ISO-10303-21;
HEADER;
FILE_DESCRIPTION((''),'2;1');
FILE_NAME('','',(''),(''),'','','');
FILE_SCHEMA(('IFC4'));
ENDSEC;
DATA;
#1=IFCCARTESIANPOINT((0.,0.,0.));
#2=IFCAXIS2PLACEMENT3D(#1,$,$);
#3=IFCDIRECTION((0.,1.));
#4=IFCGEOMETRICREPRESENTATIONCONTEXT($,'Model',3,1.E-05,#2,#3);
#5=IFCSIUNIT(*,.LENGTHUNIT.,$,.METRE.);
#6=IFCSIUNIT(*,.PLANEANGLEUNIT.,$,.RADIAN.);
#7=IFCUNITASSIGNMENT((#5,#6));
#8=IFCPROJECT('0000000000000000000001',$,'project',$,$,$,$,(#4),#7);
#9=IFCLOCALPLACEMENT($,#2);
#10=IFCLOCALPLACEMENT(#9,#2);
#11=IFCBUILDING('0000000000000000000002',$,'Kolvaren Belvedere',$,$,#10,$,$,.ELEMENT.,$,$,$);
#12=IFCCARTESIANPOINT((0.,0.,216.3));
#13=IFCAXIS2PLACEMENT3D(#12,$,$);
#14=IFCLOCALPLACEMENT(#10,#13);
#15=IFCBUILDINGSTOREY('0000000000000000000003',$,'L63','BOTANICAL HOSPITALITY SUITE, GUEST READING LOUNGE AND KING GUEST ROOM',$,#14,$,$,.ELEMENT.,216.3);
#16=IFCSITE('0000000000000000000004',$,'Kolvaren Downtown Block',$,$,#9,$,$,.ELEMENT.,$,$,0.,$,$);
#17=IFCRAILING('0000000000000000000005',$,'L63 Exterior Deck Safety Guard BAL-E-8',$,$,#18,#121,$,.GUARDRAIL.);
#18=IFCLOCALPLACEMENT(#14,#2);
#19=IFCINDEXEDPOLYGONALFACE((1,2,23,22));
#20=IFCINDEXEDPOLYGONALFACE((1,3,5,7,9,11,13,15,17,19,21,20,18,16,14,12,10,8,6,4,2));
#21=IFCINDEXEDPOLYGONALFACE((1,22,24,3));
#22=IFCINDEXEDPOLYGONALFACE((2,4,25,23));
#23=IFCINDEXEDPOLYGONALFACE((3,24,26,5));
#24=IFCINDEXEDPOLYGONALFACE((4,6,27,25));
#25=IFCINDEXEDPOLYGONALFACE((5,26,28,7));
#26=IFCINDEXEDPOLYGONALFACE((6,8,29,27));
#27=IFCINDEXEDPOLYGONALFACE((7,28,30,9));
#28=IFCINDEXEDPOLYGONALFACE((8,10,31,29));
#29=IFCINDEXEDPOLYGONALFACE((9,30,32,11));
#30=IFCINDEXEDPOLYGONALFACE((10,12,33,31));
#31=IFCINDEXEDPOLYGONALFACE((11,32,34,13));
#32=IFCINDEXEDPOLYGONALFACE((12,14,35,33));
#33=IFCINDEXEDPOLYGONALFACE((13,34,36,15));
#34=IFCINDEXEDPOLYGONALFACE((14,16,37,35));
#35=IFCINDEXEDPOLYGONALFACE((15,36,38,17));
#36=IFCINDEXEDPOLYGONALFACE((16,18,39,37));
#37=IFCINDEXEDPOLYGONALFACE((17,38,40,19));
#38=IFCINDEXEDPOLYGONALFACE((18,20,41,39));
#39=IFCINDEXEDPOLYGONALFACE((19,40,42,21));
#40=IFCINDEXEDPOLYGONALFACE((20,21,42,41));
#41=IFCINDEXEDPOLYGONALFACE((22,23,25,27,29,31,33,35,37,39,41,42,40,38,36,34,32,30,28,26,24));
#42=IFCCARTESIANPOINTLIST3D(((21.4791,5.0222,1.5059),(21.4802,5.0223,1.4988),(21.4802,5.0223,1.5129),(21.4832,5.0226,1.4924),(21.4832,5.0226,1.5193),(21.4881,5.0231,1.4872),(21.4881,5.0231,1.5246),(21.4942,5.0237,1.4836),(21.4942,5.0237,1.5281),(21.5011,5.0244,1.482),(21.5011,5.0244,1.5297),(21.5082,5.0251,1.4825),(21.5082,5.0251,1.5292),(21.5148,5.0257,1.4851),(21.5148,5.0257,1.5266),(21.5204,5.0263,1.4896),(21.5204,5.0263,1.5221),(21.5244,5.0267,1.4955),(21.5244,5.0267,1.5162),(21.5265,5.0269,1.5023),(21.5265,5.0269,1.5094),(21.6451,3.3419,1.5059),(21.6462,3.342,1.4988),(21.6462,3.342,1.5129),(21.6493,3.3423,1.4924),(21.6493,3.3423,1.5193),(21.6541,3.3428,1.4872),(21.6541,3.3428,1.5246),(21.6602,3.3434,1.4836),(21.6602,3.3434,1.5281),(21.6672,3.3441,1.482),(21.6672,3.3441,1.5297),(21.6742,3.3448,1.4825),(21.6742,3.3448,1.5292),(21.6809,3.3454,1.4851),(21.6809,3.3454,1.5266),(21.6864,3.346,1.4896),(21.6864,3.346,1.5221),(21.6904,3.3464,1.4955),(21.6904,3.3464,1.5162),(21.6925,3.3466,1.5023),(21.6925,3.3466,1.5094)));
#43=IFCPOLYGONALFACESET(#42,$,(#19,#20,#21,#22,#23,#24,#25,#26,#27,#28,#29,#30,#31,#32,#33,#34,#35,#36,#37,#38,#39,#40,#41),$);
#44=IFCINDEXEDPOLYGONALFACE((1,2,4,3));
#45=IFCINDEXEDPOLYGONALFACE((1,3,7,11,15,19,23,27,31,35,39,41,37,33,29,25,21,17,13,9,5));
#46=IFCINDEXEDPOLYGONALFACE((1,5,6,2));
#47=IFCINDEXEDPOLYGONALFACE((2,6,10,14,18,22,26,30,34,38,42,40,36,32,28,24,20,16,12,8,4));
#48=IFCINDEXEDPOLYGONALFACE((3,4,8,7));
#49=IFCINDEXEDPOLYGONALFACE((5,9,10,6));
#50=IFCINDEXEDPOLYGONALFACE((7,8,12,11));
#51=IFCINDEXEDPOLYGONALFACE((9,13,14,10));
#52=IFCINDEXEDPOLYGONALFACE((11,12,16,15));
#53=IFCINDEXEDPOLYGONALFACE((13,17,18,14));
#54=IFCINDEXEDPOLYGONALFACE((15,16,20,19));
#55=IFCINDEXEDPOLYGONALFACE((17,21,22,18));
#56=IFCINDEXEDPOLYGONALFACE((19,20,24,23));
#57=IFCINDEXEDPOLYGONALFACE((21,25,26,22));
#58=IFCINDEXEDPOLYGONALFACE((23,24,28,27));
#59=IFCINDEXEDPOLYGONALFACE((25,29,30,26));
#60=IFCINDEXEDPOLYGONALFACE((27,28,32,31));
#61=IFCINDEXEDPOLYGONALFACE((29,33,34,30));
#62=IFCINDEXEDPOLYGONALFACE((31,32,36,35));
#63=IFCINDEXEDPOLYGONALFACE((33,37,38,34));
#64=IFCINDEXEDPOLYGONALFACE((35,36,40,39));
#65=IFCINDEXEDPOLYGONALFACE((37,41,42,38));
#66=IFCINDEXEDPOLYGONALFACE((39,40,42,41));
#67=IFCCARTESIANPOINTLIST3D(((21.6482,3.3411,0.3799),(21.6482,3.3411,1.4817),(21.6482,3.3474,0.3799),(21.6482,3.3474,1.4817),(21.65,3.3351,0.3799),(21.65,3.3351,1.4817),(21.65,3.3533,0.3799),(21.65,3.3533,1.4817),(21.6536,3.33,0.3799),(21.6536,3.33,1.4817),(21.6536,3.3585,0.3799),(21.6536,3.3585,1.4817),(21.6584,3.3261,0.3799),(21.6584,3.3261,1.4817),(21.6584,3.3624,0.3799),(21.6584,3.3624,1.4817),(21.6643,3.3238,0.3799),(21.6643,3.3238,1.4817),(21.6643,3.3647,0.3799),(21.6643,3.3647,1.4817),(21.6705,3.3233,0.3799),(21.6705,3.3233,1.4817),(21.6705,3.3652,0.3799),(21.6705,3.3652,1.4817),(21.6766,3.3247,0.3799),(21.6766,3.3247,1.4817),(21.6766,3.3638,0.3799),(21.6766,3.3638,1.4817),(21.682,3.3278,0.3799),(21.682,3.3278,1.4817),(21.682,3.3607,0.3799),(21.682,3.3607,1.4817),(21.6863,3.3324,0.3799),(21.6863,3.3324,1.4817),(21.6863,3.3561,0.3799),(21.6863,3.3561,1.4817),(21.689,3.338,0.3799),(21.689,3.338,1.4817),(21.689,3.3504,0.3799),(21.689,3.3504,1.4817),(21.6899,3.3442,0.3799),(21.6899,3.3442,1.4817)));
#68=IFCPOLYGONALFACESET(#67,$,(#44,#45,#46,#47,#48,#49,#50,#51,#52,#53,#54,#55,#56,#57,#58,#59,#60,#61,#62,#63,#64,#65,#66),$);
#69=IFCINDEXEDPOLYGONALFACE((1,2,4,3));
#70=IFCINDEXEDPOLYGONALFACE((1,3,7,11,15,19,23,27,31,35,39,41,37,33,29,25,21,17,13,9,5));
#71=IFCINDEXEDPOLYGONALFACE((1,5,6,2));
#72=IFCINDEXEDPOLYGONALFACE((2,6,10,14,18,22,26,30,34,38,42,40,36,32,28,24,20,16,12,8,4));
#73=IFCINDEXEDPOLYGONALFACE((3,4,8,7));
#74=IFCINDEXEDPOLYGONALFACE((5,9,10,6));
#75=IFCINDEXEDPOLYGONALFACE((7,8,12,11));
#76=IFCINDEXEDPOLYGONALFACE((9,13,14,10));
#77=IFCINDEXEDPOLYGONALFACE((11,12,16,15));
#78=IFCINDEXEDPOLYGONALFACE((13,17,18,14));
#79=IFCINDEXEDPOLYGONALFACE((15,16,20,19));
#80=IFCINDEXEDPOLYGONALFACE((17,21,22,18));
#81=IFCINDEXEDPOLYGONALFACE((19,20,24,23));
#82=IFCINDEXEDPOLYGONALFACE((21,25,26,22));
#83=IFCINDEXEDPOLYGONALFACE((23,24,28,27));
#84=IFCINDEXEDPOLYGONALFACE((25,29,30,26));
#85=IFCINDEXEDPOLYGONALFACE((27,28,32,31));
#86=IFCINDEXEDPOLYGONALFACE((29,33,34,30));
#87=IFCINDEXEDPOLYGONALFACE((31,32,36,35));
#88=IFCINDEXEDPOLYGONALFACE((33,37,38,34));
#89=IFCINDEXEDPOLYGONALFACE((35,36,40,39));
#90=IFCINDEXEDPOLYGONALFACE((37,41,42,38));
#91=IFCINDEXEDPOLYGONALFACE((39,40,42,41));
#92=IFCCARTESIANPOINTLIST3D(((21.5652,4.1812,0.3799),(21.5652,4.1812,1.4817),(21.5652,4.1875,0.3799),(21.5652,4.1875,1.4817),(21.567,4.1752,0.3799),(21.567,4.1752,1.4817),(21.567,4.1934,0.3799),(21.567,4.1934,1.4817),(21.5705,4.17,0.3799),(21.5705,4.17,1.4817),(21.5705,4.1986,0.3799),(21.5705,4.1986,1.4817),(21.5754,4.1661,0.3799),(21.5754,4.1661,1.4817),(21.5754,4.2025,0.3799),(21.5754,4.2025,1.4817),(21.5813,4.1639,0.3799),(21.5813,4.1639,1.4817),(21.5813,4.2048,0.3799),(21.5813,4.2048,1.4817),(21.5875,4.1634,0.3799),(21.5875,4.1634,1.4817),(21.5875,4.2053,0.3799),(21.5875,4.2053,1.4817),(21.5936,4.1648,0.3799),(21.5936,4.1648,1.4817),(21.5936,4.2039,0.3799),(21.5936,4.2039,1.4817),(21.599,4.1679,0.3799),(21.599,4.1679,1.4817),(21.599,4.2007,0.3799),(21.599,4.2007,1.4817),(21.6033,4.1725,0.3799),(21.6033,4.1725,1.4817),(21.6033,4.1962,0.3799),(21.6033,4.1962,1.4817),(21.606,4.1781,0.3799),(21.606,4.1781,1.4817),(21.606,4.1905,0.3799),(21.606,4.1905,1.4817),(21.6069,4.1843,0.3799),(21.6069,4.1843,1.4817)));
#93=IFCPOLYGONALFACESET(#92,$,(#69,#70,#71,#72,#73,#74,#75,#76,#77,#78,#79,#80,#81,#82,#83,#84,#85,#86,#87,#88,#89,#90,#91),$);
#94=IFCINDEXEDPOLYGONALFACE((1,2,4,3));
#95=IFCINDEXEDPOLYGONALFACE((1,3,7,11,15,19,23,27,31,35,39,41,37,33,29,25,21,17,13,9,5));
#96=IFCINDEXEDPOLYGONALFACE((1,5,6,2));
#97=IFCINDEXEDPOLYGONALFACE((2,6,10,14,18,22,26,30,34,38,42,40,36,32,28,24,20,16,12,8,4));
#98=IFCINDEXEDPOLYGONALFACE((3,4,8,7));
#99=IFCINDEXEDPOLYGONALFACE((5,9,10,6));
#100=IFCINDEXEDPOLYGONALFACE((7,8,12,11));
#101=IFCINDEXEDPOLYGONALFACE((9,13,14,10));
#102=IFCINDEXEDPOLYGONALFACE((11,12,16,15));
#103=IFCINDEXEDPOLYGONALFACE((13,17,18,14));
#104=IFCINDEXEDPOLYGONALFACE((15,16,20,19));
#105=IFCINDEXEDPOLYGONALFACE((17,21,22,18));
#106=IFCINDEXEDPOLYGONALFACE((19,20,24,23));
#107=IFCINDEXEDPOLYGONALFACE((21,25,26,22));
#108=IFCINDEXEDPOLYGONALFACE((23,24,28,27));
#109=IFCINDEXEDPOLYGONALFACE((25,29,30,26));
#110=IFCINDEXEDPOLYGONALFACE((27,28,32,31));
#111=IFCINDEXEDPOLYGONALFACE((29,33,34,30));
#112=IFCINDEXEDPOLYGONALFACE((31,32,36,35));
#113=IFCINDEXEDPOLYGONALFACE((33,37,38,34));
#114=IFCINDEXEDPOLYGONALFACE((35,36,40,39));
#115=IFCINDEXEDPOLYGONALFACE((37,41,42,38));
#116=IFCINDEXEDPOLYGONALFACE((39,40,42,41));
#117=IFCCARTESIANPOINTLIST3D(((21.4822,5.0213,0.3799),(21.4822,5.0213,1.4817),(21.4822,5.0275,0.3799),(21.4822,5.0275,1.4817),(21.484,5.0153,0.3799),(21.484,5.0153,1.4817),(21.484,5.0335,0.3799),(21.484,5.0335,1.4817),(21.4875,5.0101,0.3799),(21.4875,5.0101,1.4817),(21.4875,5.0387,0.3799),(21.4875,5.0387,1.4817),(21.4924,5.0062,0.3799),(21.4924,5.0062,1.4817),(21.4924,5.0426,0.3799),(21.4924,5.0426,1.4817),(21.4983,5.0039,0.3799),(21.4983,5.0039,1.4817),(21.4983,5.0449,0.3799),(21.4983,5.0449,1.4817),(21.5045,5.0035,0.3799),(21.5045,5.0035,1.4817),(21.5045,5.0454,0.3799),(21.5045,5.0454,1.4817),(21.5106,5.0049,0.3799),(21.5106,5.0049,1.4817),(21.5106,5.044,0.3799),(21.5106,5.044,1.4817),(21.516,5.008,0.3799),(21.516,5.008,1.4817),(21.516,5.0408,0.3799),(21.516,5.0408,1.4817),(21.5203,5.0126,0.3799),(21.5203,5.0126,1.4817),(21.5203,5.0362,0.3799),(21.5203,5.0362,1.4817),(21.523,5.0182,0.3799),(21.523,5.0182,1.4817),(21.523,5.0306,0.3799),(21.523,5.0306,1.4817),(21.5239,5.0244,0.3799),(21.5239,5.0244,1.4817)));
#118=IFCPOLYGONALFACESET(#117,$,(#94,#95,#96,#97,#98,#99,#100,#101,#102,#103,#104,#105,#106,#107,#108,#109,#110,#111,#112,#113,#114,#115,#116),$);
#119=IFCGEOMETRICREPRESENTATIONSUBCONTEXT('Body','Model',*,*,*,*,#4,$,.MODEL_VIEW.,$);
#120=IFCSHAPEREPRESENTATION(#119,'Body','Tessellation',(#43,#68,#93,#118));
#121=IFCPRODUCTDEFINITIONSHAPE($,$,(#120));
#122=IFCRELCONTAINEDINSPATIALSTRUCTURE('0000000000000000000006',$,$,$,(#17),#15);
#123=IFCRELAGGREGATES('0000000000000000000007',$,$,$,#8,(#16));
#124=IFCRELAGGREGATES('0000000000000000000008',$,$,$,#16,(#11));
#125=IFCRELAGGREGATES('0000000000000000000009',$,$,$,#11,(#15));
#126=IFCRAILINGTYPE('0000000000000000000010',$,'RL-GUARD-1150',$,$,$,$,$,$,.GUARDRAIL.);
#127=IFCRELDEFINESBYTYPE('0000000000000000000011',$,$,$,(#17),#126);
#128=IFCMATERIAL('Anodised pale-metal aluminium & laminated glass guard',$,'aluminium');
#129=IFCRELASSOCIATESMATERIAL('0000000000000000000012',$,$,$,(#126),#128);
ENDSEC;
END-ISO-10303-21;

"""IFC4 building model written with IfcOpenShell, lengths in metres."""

from ifc_helpers import new_model, si_unit, direction, frame, origin, origin_2d, place, context, subcontext, project, spatial, circle, extrude, material, type_object, element, save


model = new_model("IFC4")

# Units and contexts
model_context = context("Model", 3, precision=1e-05, world=origin(), true_north=direction((0.0, 1.0)))
body_context = subcontext(model_context, "Body", "Model", "MODEL_VIEW")
ifc_project = project(units=[si_unit("LENGTHUNIT", "METRE"), si_unit("PLANEANGLEUNIT", "RADIAN")], contexts=[model_context])

# Site, building, storey
site_placement = place(None, origin())
site = spatial("IfcSite", under=ifc_project, at=site_placement, Name="Kolvaren Downtown Block", CompositionType="ELEMENT", RefElevation=0.0)
building_placement = place(site_placement, origin())
building = spatial("IfcBuilding", under=site, at=building_placement, Name="Kolvaren Belvedere", CompositionType="ELEMENT")
storey_placement = place(building_placement, frame((0.0, 0.0, 216.3)))
storey = spatial("IfcBuildingStorey", under=building, at=storey_placement, Name="L63", Description="BOTANICAL HOSPITALITY SUITE, GUEST READING LOUNGE AND KING GUEST ROOM", CompositionType="ELEMENT", Elevation=216.3)

# Railing
ifc_material_1 = material(Name="Anodised pale-metal aluminium & laminated glass guard", Category="aluminium")
railing_type = type_object("IfcRailingType", Name="RL-GUARD-1150", PredefinedType="GUARDRAIL", material=ifc_material_1)
railing_1_placement = place(storey_placement, frame((21.6689, 3.3442, 0.3799)))
element("IfcRailing", 1, at=railing_1_placement, inside=storey, type_object=railing_type, Name="L63 Exterior Deck Safety Guard BAL-E-8", PredefinedType="GUARDRAIL", context=body_context, shape_type="SweptSolid", body=[
    extrude(circle(Radius=0.0239, at=origin_2d()), frame((0.0, 0.0, 1.126), z_axis=(-0.09833, 0.995154, 0.0), x_axis=(-0.995154, -0.09833, 0.0)), (0.0, 0.0, 1.0), 1.6885),
    extrude(circle(Radius=0.021, at=origin_2d()), origin(), (0.0, 0.0, 1.0), 1.1018),
    extrude(circle(Radius=0.021, at=origin_2d()), frame((-0.083, 0.8401, 0.0)), (0.0, 0.0, 1.0), 1.1018),
    extrude(circle(Radius=0.021, at=origin_2d()), frame((-0.166, 1.6802, 0.0)), (0.0, 0.0, 1.0), 1.1018),
])

save(model, "model.ifc")
